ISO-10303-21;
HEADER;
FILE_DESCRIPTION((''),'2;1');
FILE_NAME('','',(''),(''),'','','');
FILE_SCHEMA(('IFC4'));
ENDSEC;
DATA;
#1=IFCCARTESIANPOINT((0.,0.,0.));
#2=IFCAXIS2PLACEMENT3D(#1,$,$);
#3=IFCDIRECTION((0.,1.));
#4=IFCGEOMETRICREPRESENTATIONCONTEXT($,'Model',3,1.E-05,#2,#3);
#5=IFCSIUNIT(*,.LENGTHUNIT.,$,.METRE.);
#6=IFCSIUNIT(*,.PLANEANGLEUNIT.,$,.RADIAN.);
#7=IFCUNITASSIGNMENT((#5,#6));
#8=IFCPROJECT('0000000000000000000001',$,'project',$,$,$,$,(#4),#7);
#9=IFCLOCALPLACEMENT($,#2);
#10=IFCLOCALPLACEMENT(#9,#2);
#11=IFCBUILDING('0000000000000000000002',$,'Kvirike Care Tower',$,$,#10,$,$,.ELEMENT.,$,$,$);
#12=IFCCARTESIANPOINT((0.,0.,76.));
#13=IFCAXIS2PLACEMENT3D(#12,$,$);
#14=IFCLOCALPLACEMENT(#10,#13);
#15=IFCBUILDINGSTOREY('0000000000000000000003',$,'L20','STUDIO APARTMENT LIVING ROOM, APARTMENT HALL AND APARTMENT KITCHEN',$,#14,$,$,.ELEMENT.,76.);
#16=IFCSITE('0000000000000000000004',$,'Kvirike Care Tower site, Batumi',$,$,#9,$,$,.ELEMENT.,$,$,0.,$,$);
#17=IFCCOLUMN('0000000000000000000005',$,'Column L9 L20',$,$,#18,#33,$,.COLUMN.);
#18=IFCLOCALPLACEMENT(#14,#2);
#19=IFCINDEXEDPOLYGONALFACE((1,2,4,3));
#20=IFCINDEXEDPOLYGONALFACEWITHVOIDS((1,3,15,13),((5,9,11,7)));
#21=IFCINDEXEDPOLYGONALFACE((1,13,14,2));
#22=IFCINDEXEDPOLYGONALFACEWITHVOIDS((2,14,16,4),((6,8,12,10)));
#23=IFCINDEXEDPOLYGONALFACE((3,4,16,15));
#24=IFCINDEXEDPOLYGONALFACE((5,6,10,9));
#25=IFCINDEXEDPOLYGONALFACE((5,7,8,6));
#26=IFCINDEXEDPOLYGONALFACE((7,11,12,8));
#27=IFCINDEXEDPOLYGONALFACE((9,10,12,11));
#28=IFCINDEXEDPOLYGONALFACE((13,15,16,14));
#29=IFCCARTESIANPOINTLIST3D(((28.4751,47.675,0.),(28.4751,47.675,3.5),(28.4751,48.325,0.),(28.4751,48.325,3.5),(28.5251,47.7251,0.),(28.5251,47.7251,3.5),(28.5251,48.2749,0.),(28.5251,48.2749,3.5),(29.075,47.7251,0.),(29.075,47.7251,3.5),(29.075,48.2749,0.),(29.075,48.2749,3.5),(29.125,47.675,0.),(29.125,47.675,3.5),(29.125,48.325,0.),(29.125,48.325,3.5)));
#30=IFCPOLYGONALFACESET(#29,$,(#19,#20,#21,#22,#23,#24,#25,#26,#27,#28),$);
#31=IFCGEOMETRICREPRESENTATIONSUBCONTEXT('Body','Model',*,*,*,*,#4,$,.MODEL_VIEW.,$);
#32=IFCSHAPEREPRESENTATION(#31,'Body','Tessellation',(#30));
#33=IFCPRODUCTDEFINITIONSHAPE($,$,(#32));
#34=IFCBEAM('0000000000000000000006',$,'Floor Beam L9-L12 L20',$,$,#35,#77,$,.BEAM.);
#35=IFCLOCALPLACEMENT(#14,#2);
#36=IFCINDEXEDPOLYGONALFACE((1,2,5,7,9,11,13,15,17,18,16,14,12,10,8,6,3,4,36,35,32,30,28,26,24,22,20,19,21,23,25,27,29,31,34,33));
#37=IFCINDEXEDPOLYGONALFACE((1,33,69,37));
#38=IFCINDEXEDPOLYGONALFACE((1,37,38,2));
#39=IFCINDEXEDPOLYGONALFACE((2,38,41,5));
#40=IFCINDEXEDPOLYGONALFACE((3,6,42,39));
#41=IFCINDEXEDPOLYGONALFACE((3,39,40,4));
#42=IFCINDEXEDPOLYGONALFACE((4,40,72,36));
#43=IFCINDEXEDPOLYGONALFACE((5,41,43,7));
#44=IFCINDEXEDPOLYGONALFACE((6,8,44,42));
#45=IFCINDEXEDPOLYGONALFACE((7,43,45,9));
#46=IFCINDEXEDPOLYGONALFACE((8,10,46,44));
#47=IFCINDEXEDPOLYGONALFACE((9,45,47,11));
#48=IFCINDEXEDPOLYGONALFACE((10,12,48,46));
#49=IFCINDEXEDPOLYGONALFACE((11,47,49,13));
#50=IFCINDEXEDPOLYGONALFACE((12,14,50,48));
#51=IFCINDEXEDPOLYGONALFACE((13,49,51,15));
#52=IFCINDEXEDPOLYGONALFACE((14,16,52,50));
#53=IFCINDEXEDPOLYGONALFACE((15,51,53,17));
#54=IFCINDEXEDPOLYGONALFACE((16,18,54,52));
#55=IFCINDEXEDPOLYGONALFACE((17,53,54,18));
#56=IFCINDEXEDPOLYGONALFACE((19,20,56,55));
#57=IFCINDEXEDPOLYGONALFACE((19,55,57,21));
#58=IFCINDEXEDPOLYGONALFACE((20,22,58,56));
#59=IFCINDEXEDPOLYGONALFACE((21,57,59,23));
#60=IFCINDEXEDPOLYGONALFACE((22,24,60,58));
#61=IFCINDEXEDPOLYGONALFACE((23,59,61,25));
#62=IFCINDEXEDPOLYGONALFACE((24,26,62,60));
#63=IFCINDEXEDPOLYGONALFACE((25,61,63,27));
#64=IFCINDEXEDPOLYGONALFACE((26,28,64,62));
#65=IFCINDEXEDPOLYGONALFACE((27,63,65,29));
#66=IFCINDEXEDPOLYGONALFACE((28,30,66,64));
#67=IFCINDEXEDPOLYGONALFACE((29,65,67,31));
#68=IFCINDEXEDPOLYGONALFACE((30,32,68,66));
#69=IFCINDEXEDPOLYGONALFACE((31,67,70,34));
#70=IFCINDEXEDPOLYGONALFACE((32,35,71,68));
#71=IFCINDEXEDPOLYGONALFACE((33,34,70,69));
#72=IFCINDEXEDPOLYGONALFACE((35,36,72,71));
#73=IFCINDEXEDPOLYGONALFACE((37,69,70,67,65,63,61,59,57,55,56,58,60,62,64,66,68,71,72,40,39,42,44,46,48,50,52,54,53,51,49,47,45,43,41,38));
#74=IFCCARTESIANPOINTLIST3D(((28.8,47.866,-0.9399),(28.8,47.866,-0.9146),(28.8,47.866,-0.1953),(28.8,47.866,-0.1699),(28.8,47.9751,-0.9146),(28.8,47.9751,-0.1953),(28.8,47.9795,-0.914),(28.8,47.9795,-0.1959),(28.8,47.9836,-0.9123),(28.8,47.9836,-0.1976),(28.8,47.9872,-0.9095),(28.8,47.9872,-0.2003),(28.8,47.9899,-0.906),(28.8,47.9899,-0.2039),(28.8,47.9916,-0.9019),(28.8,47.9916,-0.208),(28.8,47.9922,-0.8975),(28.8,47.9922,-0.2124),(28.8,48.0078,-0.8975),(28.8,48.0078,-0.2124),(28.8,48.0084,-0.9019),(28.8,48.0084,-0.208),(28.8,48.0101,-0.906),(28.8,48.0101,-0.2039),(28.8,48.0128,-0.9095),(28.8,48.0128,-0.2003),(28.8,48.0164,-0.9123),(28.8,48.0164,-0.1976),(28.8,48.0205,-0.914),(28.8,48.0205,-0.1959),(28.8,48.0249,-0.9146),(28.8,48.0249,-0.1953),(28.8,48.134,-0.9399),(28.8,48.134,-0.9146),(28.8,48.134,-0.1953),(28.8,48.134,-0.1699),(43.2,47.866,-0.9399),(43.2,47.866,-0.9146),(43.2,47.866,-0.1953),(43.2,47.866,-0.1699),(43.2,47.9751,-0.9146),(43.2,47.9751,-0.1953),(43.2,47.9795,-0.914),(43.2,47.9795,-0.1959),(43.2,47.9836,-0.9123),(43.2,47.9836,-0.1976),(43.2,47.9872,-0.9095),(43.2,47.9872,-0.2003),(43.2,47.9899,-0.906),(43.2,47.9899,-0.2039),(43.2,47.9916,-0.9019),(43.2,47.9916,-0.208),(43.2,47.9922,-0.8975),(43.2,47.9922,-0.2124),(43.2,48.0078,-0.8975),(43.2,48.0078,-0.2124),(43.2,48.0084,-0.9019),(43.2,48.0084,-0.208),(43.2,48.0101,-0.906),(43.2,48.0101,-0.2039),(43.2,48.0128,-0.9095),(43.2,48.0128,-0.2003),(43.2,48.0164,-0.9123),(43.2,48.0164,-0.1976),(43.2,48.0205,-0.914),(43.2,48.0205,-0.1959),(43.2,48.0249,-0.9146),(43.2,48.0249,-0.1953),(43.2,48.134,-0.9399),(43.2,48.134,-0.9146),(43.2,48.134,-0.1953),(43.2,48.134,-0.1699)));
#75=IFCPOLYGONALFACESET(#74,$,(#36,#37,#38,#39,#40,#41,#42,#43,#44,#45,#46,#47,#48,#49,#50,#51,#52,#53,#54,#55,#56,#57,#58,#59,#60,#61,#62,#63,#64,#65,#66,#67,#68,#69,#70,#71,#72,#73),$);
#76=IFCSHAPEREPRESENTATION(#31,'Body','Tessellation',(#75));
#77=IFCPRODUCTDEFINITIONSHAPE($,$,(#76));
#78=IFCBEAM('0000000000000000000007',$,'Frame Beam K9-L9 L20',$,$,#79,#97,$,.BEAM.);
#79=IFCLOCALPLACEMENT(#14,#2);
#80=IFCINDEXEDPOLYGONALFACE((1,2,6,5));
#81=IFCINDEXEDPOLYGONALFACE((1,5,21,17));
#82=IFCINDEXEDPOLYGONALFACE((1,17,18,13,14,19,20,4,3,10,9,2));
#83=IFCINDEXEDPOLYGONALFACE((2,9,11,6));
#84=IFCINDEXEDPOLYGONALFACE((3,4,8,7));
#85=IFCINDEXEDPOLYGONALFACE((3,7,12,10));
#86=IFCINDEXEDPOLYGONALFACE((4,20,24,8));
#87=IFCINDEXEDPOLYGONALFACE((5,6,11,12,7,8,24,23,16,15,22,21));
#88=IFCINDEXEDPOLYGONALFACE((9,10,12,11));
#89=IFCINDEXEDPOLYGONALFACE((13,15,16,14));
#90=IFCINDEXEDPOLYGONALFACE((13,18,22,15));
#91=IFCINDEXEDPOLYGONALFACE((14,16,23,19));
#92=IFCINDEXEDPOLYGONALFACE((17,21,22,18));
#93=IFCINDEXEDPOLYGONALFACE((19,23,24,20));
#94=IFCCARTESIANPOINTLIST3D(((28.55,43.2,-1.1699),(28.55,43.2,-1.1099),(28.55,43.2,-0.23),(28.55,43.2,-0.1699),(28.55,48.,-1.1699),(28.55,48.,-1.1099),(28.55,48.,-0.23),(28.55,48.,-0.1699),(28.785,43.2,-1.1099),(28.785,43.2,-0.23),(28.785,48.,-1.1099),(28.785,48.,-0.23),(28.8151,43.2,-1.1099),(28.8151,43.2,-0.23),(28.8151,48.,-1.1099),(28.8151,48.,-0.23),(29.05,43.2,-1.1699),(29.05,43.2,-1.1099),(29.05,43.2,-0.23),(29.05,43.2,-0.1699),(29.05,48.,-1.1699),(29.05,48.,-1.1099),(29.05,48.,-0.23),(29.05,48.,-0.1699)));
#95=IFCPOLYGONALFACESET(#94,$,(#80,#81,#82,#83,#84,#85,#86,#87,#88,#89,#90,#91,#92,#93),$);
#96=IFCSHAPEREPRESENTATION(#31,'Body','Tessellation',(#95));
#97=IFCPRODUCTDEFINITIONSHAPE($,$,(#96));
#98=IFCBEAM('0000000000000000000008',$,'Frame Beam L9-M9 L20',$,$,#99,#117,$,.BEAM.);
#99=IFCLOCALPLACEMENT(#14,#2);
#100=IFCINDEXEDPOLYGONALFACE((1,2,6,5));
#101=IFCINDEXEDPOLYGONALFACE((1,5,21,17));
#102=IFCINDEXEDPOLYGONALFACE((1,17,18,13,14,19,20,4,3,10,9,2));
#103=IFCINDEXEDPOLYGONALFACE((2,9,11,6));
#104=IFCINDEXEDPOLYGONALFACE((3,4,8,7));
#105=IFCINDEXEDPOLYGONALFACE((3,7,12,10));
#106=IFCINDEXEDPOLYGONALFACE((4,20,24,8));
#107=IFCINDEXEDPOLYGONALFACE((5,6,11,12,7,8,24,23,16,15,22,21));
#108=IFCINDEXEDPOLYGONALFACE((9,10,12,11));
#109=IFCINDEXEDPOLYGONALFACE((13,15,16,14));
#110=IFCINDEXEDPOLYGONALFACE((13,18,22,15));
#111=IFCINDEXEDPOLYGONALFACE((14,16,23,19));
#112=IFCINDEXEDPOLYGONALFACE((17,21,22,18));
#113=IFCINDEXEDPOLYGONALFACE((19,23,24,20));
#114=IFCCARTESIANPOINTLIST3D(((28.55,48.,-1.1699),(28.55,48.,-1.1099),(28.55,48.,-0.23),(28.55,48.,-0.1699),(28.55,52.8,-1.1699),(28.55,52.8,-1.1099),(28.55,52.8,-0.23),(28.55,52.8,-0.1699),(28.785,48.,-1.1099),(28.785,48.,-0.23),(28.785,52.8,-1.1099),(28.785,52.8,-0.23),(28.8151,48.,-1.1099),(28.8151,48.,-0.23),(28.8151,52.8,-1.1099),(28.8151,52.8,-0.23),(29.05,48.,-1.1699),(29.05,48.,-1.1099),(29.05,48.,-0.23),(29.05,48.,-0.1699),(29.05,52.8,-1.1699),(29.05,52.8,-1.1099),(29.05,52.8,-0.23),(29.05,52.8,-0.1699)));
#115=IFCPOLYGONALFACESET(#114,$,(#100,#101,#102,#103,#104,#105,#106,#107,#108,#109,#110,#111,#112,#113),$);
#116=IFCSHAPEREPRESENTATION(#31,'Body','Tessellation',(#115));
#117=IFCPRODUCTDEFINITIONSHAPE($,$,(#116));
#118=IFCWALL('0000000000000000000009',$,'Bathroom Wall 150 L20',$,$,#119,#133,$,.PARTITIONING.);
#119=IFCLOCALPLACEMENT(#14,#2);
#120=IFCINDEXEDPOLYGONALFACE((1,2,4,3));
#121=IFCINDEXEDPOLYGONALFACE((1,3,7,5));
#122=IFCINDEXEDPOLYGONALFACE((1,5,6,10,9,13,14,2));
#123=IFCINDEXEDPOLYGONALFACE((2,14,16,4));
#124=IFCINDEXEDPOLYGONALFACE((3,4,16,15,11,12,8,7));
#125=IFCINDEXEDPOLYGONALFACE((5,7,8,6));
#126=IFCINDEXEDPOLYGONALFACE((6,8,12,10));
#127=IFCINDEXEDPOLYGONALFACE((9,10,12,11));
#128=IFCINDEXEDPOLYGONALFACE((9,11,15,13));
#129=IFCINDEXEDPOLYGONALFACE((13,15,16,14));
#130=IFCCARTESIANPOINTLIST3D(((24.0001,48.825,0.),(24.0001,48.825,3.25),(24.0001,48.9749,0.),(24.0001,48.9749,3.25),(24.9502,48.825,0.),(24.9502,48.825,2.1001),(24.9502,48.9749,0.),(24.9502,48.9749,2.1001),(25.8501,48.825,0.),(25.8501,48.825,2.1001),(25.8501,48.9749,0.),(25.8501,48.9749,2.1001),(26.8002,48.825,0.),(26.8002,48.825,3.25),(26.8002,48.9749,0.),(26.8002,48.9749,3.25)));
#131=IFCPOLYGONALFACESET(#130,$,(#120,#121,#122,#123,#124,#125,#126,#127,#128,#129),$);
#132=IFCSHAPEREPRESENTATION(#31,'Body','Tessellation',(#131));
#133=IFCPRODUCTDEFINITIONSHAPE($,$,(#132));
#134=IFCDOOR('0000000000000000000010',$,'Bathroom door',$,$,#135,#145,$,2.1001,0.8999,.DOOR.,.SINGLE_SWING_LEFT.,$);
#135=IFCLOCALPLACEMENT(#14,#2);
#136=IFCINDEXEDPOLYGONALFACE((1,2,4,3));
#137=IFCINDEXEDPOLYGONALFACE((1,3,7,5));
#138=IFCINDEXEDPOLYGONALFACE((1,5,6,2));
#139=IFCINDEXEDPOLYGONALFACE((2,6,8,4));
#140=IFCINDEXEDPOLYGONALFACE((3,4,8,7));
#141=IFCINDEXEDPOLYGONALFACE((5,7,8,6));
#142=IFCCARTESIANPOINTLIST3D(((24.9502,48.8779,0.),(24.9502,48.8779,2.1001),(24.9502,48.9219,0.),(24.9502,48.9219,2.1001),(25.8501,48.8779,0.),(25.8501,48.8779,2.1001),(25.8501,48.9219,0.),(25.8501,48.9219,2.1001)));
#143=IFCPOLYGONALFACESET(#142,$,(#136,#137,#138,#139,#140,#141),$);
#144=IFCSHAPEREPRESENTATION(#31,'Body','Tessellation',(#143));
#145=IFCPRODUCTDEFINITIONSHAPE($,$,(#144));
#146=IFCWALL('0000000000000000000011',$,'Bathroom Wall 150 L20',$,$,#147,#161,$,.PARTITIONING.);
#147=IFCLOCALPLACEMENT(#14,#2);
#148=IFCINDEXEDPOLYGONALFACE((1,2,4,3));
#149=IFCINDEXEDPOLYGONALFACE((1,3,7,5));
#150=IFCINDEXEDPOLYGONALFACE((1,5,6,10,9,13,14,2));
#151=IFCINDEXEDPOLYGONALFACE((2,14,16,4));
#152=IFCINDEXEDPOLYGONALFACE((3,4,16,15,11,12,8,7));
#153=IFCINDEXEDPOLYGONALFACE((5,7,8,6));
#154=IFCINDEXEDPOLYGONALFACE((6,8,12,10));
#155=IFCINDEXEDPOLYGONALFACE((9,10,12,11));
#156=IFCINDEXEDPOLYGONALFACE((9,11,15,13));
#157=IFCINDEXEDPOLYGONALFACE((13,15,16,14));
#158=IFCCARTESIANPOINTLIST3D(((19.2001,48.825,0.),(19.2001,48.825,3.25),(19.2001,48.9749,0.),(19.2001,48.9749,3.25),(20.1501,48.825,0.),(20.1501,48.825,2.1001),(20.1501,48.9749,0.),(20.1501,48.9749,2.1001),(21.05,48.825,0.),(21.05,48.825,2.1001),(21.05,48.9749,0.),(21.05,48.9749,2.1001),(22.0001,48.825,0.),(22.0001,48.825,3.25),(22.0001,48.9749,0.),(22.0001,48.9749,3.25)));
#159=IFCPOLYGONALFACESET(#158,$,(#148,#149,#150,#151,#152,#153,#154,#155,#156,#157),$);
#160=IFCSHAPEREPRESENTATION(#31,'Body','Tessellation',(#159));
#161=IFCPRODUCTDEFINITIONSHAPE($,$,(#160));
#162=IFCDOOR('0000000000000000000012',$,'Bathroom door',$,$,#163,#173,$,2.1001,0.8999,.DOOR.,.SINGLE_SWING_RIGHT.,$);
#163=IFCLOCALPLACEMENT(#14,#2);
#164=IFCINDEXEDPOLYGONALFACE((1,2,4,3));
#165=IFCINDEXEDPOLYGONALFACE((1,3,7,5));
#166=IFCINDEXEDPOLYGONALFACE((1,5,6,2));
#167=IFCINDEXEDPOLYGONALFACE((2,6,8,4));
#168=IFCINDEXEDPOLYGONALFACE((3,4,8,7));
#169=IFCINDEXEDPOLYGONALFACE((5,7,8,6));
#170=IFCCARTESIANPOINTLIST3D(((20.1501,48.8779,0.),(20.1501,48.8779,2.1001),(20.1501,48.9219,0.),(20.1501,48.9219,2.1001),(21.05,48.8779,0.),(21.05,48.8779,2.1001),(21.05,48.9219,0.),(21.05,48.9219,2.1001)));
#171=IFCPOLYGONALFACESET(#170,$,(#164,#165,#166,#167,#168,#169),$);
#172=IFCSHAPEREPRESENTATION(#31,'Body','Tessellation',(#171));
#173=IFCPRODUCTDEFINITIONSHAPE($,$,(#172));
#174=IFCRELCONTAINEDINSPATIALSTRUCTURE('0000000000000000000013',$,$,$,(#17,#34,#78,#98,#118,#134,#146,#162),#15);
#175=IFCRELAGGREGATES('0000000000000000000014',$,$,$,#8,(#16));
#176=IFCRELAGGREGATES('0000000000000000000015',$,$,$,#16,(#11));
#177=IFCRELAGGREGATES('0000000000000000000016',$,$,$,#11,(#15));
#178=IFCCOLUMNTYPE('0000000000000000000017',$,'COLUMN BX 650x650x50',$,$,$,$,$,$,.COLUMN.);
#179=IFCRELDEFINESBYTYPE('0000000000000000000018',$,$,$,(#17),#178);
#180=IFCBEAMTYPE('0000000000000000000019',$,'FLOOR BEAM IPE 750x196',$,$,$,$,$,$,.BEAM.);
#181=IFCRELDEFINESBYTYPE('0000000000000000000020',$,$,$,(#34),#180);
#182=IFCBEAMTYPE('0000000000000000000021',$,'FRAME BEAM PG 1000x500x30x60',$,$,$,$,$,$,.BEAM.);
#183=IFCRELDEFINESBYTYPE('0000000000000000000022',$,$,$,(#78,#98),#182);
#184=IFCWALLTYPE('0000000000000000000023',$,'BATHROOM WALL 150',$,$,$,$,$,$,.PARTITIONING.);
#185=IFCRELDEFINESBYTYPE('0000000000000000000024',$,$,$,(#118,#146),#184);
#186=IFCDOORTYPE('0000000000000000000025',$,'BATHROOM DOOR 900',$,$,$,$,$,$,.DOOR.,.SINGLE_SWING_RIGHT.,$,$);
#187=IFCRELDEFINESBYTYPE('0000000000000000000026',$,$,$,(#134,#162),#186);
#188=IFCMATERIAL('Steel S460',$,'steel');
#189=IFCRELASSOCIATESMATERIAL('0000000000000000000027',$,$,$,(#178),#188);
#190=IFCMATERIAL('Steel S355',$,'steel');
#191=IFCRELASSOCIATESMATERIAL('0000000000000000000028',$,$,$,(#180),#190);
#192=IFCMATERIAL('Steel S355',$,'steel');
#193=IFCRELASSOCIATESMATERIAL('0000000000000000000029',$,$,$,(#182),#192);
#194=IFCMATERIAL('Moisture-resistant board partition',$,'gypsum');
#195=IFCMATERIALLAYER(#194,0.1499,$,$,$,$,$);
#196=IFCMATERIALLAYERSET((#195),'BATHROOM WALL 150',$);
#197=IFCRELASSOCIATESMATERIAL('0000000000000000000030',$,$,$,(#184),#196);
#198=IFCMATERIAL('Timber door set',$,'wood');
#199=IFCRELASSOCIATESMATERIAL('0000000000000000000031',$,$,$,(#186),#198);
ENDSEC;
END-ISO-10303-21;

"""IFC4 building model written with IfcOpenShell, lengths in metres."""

from ifc_helpers import new_model, si_unit, direction, frame, frame_2d, origin, origin_2d, place, context, subcontext, project, spatial, rectangle, hollow_rectangle, i_section, extrude, material, layer, layer_set, material_profile, profile_set, type_object, element, fill, save


model = new_model("IFC4")

# Units and contexts
model_context = context("Model", 3, precision=1e-05, world=origin(), true_north=direction((0.0, 1.0)))
body_context = subcontext(model_context, "Body", "Model", "MODEL_VIEW")
ifc_project = project(units=[si_unit("LENGTHUNIT", "METRE"), si_unit("PLANEANGLEUNIT", "RADIAN")], contexts=[model_context])

# Site, building, storey
site_placement = place(None, origin())
site = spatial("IfcSite", under=ifc_project, at=site_placement, Name="Kvirike Care Tower site, Batumi", CompositionType="ELEMENT", RefElevation=0.0)
building_placement = place(site_placement, origin())
building = spatial("IfcBuilding", under=site, at=building_placement, Name="Kvirike Care Tower", CompositionType="ELEMENT")
storey_placement = place(building_placement, frame((0.0, 0.0, 76.0)))
storey = spatial("IfcBuildingStorey", under=building, at=storey_placement, Name="L20", Description="STUDIO APARTMENT LIVING ROOM, APARTMENT HALL AND APARTMENT KITCHEN", CompositionType="ELEMENT", Elevation=76.0)

# Column
ifc_material_1 = material(Name="Steel S460", Category="steel")
ifc_material_profile_1 = material_profile(ifc_material_1, hollow_rectangle(XDim=0.6499, YDim=0.6499, WallThickness=0.05, at=origin_2d()), Name="BX 650x650x50")
ifc_profile_set_1 = profile_set([ifc_material_profile_1], Name="Steel S460")
column_type = type_object("IfcColumnType", Name="COLUMN BX 650x650x50", PredefinedType="COLUMN", material=ifc_profile_set_1)
column_placement = place(storey_placement, frame((28.8, 48.0, 0.0), z_axis=(0.0, 0.0, 1.0), x_axis=(1.0, 0.0, 0.0)))
element("IfcColumn", 1, at=column_placement, inside=storey, type_object=column_type, Name="Column L9 L20", PredefinedType="COLUMN", context=body_context, shape_type="SweptSolid", body=[
    extrude(hollow_rectangle(XDim=0.6499, YDim=0.6499, WallThickness=0.05, at=origin_2d()), origin(), (0.0, 0.0, 1.0), 3.5),
])

# Beams
ifc_material_2 = material(Name="Steel S355", Category="steel")
ifc_material_profile_2 = material_profile(ifc_material_2, i_section(OverallWidth=0.2681, OverallDepth=0.77, WebThickness=0.0156, FlangeThickness=0.0254, FilletRadius=0.0171, at=origin_2d()), Name="IPE 750x196")
ifc_profile_set_2 = profile_set([ifc_material_profile_2], Name="Steel S355")
beam_type_1 = type_object("IfcBeamType", Name="FLOOR BEAM IPE 750x196", PredefinedType="BEAM", material=ifc_profile_set_2)
beam_placement = place(storey_placement, frame((28.8, 48.0, -0.5549), z_axis=(1.0, 0.0, 0.0), x_axis=(0.0, 1.0, 0.0)))
element("IfcBeam", 2, at=beam_placement, inside=storey, type_object=beam_type_1, Name="Floor Beam L9-L12 L20", PredefinedType="BEAM", context=body_context, shape_type="SweptSolid", body=[
    extrude(i_section(OverallWidth=0.2681, OverallDepth=0.77, WebThickness=0.0156, FlangeThickness=0.0254, FilletRadius=0.0171, at=origin_2d()), origin(), (0.0, 0.0, 1.0), 14.3999),
])
ifc_material_3 = material(Name="Steel S355", Category="steel")
ifc_material_profile_3 = material_profile(ifc_material_3, i_section(OverallWidth=0.5, OverallDepth=1.0, WebThickness=0.03, FlangeThickness=0.0601, at=origin_2d()), Name="PG 1000x500x30x60")
ifc_profile_set_3 = profile_set([ifc_material_profile_3], Name="Steel S355")
beam_type_2 = type_object("IfcBeamType", Name="FRAME BEAM PG 1000x500x30x60", PredefinedType="BEAM", material=ifc_profile_set_3)
for number, where, z_axis, x_axis, name in (
    (3, (28.8, 43.2, -0.6699), (0.0, 1.0, 0.0), (-1.0, 0.0, 0.0), "Frame Beam K9-L9 L20"),
    (4, (28.8, 48.0, -0.6699), (0.0, 1.0, 0.0), (-1.0, 0.0, 0.0), "Frame Beam L9-M9 L20"),
):
    element("IfcBeam", number, at=place(storey_placement, frame(where, z_axis=z_axis, x_axis=x_axis)), inside=storey, type_object=beam_type_2, Name=name, PredefinedType="BEAM", context=body_context, shape_type="SweptSolid", body=[
        extrude(i_section(OverallWidth=0.5, OverallDepth=1.0, WebThickness=0.03, FlangeThickness=0.0601, at=origin_2d()), origin(), (0.0, 0.0, 1.0), 4.8),
    ])

# Walls, openings, doors
ifc_material_4 = material(Name="Moisture-resistant board partition", Category="gypsum")
ifc_layer_1 = layer(ifc_material_4, 0.1499)
ifc_layer_set_1 = layer_set([ifc_layer_1], Name="BATHROOM WALL 150")
wall_type_1 = type_object("IfcWallType", Name="BATHROOM WALL 150", PredefinedType="PARTITIONING", material=ifc_layer_set_1)
wall_1_placement = place(storey_placement, frame((26.8, 48.8999, 0.0), z_axis=(0.0, 0.0, 1.0), x_axis=(-1.0, 0.0, 0.0)))
wall_1 = element("IfcWall", 5, at=wall_1_placement, inside=storey, type_object=wall_type_1, Name="Bathroom Wall 150 L20", PredefinedType="PARTITIONING", context=body_context, shape_type="SweptSolid", body=[
    extrude(rectangle(XDim=2.8, YDim=0.1499, at=frame_2d((1.3999, 0.0))), origin(), (0.0, 0.0, 1.0), 3.25),
])
opening_1_placement = place(wall_1_placement, frame((0.95, 0.0, 0.0)))
opening_1 = element("IfcOpeningElement", 6, at=opening_1_placement, cuts=wall_1, PredefinedType="OPENING", context=body_context, shape_type="SweptSolid", body=[
    extrude(rectangle(XDim=0.8999, YDim=2.1001, at=frame_2d((0.45, 1.05))), frame((0.0, 0.0854, 0.0), z_axis=(0.0, -1.0, 0.0), x_axis=(1.0, 0.0, 0.0)), (0.0, 0.0, 1.0), 0.1709),
])
ifc_material_5 = material(Name="Timber door set", Category="wood")
door_type_1 = type_object("IfcDoorType", Name="BATHROOM DOOR 900", OperationType="SINGLE_SWING_RIGHT", PredefinedType="DOOR", material=ifc_material_5)
door_1_placement = place(opening_1_placement, frame((0.8999, 0.0, 0.0), z_axis=(0.0, 0.0, 1.0), x_axis=(-1.0, 0.0, 0.0)))
door_1 = element("IfcDoor", 7, at=door_1_placement, inside=storey, type_object=door_type_1, Name="Bathroom door", OperationType="SINGLE_SWING_LEFT", OverallHeight=2.1001, OverallWidth=0.8999, PredefinedType="DOOR", context=body_context, shape_type="SweptSolid", body=[
    extrude(rectangle(XDim=0.8999, YDim=2.1001, at=frame_2d((0.45, 1.05))), frame((0.0, 0.022, 0.0), z_axis=(0.0, -1.0, 0.0), x_axis=(1.0, 0.0, 0.0)), (0.0, 0.0, 1.0), 0.0439),
])
fill(opening_1, door_1)
wall_2_placement = place(storey_placement, frame((22.0, 48.8999, 0.0), z_axis=(0.0, 0.0, 1.0), x_axis=(-1.0, 0.0, 0.0)))
wall_2 = element("IfcWall", 8, at=wall_2_placement, inside=storey, type_object=wall_type_1, Name="Bathroom Wall 150 L20", PredefinedType="PARTITIONING", context=body_context, shape_type="SweptSolid", body=[
    extrude(rectangle(XDim=2.8, YDim=0.1499, at=frame_2d((1.3999, 0.0))), origin(), (0.0, 0.0, 1.0), 3.25),
])
opening_2_placement = place(wall_2_placement, frame((0.95, 0.0, 0.0)))
opening_2 = element("IfcOpeningElement", 9, at=opening_2_placement, cuts=wall_2, PredefinedType="OPENING", context=body_context, shape_type="SweptSolid", body=[
    extrude(rectangle(XDim=0.8999, YDim=2.1001, at=frame_2d((0.45, 1.05))), frame((0.0, 0.0854, 0.0), z_axis=(0.0, -1.0, 0.0), x_axis=(1.0, 0.0, 0.0)), (0.0, 0.0, 1.0), 0.1709),
])
door_2_placement = place(opening_2_placement, frame((0.8999, 0.0, 0.0), z_axis=(0.0, 0.0, 1.0), x_axis=(-1.0, 0.0, 0.0)))
door_2 = element("IfcDoor", 10, at=door_2_placement, inside=storey, type_object=door_type_1, Name="Bathroom door", OperationType="SINGLE_SWING_RIGHT", OverallHeight=2.1001, OverallWidth=0.8999, PredefinedType="DOOR", context=body_context, shape_type="SweptSolid", body=[
    extrude(rectangle(XDim=0.8999, YDim=2.1001, at=frame_2d((0.45, 1.05))), frame((0.0, 0.022, 0.0), z_axis=(0.0, -1.0, 0.0), x_axis=(1.0, 0.0, 0.0)), (0.0, 0.0, 1.0), 0.0439),
])
fill(opening_2, door_2)

save(model, "model.ifc")
